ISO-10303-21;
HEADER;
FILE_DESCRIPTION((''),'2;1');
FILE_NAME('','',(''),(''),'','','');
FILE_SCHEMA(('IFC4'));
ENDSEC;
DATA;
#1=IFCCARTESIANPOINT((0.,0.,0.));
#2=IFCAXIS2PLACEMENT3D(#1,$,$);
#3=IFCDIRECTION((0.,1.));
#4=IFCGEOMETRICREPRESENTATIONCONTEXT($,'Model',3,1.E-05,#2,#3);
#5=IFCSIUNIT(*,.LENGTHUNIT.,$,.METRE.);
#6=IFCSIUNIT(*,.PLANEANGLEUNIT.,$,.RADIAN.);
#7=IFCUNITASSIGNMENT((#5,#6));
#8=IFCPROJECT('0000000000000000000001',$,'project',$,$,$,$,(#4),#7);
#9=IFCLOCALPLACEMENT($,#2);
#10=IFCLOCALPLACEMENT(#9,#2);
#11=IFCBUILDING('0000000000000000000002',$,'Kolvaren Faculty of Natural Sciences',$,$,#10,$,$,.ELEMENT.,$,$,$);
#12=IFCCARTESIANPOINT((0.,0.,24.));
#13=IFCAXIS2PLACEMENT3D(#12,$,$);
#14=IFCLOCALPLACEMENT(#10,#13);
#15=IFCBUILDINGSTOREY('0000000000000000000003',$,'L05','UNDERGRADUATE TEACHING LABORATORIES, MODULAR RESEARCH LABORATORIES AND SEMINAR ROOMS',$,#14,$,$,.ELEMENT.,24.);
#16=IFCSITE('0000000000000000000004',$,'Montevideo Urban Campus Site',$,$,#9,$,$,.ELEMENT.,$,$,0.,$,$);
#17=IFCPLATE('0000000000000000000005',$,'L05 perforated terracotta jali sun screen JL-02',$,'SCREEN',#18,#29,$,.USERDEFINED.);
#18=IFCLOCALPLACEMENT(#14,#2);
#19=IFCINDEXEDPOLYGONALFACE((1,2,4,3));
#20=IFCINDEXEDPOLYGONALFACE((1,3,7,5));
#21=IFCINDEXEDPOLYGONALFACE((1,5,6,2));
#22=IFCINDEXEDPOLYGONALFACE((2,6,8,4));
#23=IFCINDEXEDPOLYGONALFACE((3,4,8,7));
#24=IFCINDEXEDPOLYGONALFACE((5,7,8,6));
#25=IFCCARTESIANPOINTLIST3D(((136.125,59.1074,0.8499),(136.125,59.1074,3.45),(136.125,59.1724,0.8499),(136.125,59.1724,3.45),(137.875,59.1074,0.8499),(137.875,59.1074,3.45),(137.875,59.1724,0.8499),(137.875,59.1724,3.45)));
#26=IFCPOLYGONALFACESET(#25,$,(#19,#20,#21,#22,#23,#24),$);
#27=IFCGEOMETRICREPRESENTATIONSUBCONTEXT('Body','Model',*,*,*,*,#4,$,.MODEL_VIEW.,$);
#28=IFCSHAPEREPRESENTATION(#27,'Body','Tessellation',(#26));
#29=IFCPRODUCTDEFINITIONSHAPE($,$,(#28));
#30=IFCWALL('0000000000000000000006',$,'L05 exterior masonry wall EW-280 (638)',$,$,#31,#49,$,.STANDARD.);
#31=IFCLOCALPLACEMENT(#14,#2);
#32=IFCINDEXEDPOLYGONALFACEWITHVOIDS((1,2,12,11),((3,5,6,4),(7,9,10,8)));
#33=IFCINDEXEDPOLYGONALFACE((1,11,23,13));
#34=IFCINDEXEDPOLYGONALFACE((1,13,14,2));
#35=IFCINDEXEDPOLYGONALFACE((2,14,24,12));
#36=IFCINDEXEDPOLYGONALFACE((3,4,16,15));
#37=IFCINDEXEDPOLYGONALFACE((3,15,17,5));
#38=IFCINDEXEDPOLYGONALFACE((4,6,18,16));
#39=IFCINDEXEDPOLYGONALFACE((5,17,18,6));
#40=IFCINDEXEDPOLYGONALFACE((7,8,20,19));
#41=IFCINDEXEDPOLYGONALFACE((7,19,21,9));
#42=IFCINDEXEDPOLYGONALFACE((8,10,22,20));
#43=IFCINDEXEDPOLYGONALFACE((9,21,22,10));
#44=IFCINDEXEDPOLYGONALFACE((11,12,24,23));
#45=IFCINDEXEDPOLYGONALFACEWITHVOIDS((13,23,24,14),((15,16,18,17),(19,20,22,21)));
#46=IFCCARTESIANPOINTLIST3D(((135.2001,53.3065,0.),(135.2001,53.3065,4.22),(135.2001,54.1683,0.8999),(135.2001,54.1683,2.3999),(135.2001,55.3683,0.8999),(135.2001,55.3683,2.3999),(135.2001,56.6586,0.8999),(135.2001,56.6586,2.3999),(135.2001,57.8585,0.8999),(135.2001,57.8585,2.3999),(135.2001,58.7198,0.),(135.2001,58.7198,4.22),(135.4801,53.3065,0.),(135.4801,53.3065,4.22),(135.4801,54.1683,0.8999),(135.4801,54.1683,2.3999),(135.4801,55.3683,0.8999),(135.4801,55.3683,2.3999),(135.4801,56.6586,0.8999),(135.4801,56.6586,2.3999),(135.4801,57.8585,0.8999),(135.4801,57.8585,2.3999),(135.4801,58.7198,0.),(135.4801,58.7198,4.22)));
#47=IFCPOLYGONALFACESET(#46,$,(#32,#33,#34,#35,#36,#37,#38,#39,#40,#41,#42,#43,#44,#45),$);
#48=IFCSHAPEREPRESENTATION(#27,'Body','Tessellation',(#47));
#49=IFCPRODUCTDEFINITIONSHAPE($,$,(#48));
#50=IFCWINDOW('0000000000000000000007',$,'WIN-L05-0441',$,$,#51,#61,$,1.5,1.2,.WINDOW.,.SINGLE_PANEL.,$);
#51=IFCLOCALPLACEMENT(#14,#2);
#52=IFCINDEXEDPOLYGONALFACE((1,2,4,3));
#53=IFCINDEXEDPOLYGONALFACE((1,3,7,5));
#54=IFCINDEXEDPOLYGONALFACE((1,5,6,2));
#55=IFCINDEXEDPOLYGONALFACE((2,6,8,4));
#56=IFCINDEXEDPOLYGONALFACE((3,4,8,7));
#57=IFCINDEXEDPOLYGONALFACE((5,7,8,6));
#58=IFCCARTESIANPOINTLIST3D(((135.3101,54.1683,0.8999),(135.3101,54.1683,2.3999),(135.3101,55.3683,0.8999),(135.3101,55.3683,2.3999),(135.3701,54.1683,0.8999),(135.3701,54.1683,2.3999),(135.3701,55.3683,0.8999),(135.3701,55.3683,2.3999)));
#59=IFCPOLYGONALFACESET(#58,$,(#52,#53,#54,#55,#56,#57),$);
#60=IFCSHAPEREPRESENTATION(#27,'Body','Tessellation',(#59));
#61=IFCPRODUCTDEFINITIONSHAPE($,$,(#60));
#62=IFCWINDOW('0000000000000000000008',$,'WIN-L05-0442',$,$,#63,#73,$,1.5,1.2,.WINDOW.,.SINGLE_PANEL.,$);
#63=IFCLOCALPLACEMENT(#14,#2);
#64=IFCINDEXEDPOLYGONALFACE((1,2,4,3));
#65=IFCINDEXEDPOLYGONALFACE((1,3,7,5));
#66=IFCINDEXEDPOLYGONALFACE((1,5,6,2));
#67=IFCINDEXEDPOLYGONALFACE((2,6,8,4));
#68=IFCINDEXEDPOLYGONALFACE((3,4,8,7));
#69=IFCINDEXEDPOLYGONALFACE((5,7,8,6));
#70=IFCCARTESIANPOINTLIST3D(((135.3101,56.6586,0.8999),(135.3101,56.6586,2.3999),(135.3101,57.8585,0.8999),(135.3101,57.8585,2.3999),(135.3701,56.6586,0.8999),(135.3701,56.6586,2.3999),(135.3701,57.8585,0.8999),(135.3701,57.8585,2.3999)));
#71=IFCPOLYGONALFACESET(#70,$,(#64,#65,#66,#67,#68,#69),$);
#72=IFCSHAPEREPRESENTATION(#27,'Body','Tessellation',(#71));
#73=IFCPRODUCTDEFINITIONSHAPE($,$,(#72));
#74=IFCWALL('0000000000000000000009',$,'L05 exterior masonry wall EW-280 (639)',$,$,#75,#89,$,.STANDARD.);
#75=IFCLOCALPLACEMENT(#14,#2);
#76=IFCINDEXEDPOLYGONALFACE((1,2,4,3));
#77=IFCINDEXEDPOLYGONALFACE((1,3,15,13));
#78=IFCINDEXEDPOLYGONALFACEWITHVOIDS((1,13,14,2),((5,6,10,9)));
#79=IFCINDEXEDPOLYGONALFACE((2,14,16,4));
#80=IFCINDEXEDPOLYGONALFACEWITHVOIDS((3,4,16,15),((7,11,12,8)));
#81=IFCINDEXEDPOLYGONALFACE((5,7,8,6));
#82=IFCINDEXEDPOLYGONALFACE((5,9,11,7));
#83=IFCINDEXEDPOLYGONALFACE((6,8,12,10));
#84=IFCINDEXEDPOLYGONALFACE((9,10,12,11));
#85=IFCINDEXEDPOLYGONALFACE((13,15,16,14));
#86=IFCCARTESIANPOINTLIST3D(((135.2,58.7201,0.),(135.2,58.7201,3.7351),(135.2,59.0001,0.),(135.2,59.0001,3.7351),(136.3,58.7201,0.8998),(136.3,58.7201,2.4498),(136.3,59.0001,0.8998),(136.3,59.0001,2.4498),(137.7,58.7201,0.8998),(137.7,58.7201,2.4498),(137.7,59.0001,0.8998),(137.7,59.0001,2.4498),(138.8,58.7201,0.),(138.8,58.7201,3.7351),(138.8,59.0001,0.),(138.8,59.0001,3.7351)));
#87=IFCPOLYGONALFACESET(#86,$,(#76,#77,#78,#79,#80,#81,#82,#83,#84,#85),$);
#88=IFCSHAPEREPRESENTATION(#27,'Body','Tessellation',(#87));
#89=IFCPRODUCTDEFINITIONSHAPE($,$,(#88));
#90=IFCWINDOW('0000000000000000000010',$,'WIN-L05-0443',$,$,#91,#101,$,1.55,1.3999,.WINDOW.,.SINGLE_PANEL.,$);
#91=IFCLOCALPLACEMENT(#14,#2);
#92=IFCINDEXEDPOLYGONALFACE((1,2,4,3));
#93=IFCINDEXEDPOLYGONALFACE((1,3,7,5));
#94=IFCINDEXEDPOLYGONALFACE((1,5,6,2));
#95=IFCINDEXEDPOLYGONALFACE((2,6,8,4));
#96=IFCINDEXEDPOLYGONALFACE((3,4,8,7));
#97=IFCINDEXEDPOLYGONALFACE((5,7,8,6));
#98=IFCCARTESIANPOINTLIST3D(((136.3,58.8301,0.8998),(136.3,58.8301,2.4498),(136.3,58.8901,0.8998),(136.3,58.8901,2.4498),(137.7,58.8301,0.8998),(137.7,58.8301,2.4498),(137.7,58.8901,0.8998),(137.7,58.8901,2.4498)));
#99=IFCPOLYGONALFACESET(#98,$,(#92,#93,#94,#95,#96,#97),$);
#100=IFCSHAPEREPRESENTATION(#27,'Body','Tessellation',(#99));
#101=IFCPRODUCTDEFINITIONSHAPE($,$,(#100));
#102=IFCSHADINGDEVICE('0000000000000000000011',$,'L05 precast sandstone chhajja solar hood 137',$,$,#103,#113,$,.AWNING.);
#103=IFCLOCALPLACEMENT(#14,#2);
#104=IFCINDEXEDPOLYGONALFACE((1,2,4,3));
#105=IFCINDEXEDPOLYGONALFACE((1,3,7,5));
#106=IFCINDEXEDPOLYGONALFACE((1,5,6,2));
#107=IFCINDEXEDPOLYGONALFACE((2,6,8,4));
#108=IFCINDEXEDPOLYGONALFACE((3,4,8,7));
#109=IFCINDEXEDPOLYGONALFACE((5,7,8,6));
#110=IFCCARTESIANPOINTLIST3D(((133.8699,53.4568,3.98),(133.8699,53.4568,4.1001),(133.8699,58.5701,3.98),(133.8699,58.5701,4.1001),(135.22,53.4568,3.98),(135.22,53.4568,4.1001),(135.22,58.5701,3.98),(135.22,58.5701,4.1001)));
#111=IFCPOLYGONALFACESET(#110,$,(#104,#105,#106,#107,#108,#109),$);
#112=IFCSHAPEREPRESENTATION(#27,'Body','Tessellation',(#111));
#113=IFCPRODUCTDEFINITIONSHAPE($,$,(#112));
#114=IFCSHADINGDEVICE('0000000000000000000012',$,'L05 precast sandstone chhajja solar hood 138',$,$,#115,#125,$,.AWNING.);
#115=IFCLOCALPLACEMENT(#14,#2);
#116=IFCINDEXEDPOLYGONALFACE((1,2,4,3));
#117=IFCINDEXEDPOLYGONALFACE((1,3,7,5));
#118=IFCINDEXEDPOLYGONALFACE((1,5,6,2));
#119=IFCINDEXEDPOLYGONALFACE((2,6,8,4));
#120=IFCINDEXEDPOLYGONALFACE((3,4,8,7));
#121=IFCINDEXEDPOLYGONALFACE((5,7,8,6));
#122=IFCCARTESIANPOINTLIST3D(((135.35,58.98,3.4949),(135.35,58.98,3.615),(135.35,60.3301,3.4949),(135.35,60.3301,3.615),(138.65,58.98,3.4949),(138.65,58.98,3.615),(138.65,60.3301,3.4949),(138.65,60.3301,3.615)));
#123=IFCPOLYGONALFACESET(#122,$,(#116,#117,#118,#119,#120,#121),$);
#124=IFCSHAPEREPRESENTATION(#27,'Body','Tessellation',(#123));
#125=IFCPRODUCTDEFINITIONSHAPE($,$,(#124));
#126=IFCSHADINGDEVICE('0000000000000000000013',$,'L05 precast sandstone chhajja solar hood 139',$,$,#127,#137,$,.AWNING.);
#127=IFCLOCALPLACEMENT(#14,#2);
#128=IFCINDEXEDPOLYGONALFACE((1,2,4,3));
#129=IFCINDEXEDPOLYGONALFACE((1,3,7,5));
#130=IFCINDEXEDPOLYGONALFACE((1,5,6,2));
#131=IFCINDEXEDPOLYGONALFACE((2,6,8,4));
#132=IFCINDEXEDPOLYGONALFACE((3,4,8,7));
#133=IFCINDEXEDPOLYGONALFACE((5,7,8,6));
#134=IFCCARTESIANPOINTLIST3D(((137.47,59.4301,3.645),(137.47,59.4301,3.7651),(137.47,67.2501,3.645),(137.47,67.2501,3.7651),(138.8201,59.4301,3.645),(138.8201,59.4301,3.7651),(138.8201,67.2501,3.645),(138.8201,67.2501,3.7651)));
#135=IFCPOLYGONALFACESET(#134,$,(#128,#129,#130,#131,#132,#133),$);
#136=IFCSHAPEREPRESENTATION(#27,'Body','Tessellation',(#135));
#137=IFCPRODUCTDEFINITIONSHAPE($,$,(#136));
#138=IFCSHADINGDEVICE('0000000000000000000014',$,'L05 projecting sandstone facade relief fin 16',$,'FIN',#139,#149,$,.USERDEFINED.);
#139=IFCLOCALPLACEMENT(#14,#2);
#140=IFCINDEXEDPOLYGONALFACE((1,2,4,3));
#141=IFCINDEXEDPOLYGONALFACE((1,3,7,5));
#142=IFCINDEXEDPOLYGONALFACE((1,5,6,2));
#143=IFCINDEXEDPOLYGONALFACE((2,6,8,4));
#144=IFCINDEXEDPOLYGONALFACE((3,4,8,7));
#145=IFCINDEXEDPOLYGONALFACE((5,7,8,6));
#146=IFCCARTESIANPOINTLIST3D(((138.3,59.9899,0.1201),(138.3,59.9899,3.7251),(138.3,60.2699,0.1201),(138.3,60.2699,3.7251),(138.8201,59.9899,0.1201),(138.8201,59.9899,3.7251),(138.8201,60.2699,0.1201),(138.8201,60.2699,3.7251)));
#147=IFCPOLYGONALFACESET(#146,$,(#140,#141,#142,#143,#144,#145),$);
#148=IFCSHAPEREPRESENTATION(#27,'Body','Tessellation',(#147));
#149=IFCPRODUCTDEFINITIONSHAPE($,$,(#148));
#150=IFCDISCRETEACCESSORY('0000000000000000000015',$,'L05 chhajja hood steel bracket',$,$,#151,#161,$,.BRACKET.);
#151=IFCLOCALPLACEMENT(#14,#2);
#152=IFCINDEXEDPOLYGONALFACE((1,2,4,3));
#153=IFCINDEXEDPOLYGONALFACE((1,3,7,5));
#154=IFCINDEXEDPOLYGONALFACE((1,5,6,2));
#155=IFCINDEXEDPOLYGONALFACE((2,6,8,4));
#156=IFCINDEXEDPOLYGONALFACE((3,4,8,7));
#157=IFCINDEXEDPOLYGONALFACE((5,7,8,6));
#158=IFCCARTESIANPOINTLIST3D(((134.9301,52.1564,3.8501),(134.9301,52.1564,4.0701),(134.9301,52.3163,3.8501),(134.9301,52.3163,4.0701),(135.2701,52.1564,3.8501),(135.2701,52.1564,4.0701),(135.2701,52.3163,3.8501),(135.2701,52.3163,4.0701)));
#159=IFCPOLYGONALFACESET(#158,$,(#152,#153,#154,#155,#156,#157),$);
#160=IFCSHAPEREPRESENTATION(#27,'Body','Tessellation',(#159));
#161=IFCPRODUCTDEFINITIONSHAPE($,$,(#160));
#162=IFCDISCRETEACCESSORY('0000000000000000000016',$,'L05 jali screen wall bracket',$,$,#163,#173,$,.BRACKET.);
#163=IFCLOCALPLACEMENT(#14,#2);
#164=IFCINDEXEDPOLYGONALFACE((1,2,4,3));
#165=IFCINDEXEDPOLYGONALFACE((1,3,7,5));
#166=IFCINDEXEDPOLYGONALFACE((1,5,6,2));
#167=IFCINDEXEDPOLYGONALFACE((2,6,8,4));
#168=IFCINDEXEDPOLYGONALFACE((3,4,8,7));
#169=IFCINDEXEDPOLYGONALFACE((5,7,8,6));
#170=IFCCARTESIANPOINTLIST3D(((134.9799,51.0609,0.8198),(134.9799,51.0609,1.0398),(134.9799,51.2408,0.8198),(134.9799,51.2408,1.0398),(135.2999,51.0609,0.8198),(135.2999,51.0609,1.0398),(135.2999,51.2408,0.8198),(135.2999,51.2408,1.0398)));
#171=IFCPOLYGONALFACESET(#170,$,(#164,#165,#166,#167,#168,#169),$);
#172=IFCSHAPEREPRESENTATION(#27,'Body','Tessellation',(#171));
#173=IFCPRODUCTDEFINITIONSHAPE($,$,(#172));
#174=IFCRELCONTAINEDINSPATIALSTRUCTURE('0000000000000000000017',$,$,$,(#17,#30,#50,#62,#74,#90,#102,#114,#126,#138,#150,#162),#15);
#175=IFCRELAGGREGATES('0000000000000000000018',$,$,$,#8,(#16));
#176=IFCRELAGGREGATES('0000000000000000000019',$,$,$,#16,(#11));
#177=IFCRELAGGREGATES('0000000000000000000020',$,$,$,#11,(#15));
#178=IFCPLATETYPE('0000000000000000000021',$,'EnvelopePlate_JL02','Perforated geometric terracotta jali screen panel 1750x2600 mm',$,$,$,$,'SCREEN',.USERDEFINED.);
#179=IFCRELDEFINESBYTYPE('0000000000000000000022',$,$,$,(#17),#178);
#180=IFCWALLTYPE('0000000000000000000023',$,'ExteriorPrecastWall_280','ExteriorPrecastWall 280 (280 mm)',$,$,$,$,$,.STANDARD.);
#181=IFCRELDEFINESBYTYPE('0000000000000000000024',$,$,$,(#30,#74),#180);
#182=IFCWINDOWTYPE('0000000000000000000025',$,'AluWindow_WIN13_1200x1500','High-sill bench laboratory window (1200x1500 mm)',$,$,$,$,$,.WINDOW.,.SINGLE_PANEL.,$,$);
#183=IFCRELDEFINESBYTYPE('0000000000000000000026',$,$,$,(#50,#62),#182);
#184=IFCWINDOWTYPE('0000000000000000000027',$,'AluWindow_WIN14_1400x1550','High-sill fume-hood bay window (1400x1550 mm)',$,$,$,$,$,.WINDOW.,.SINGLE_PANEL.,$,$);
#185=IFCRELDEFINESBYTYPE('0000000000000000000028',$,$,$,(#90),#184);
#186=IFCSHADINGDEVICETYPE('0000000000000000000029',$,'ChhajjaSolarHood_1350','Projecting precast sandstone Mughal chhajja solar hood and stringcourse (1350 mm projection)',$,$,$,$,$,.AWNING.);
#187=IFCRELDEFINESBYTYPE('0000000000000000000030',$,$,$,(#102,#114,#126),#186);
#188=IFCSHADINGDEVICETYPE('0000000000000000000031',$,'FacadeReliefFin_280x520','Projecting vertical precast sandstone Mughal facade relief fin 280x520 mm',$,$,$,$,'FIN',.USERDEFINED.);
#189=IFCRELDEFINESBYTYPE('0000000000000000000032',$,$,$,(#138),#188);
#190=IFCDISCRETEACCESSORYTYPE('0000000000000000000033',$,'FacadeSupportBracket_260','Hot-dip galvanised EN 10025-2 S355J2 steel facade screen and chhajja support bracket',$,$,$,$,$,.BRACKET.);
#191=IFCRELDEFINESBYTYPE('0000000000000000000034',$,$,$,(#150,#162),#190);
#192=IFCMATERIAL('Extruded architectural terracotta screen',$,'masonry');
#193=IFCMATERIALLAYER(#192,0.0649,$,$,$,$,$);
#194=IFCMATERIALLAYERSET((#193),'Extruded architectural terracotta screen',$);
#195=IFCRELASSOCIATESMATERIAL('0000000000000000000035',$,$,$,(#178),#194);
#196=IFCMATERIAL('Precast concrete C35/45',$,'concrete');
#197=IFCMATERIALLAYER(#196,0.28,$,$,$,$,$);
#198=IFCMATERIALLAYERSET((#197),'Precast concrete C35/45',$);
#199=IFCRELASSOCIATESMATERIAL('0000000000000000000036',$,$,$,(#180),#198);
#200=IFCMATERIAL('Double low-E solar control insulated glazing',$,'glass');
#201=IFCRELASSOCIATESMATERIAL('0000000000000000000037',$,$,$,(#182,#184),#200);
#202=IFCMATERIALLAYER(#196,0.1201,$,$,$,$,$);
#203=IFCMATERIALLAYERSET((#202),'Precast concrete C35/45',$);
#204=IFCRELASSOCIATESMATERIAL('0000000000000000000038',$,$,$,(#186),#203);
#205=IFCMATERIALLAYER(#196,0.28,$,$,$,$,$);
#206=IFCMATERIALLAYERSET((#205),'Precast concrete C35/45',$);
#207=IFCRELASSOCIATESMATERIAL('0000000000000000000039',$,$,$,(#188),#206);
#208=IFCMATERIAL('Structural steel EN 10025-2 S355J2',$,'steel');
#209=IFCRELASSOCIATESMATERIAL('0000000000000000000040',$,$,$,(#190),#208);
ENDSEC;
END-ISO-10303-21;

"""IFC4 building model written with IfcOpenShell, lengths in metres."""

from ifc_helpers import new_model, si_unit, direction, frame, frame_2d, origin, origin_2d, place, context, subcontext, project, spatial, rectangle, extrude, material, layer, layer_set, type_object, element, fill, save


model = new_model("IFC4")

# Units and contexts
model_context = context("Model", 3, precision=1e-05, world=origin(), true_north=direction((0.0, 1.0)))
body_context = subcontext(model_context, "Body", "Model", "MODEL_VIEW")
ifc_project = project(units=[si_unit("LENGTHUNIT", "METRE"), si_unit("PLANEANGLEUNIT", "RADIAN")], contexts=[model_context])

# Site, building, storey
site_placement = place(None, origin())
site = spatial("IfcSite", under=ifc_project, at=site_placement, Name="Montevideo Urban Campus Site", CompositionType="ELEMENT", RefElevation=0.0)
building_placement = place(site_placement, origin())
building = spatial("IfcBuilding", under=site, at=building_placement, Name="Kolvaren Faculty of Natural Sciences", CompositionType="ELEMENT")
storey_placement = place(building_placement, frame((0.0, 0.0, 24.0)))
storey = spatial("IfcBuildingStorey", under=building, at=storey_placement, Name="L05", Description="UNDERGRADUATE TEACHING LABORATORIES, MODULAR RESEARCH LABORATORIES AND SEMINAR ROOMS", CompositionType="ELEMENT", Elevation=24.0)

# Plate
ifc_material_1 = material(Name="Extruded architectural terracotta screen", Category="masonry")
ifc_layer_1 = layer(ifc_material_1, 0.0649)
ifc_layer_set_1 = layer_set([ifc_layer_1], Name="Extruded architectural terracotta screen")
plate_type = type_object("IfcPlateType", Name="EnvelopePlate_JL02", Description="Perforated geometric terracotta jali screen panel 1750x2600 mm", ElementType="SCREEN", PredefinedType="USERDEFINED", material=ifc_layer_set_1)
plate_placement = place(storey_placement, frame((137.0, 59.1399, 0.8499), z_axis=(0.0, 0.0, 1.0), x_axis=(1.0, 0.0, 0.0)))
element("IfcPlate", 1, at=plate_placement, inside=storey, type_object=plate_type, Name="L05 perforated terracotta jali sun screen JL-02", ObjectType="SCREEN", PredefinedType="USERDEFINED", context=body_context, shape_type="SweptSolid", body=[
    extrude(rectangle(XDim=1.75, YDim=0.0649, at=origin_2d()), origin(), (0.0, 0.0, 1.0), 2.6001),
])

# Wall, openings, windows
ifc_material_2 = material(Name="Precast concrete C35/45", Category="concrete")
ifc_layer_2 = layer(ifc_material_2, 0.28)
ifc_layer_set_2 = layer_set([ifc_layer_2], Name="Precast concrete C35/45")
wall_type = type_object("IfcWallType", Name="ExteriorPrecastWall_280", Description="ExteriorPrecastWall 280 (280 mm)", PredefinedType="STANDARD", material=ifc_layer_set_2)
wall_1_placement = place(storey_placement, frame((135.3401, 53.3066, 0.0), z_axis=(0.0, 0.0, 1.0), x_axis=(0.0, 1.0, 0.0)))
wall_1 = element("IfcWall", 2, at=wall_1_placement, inside=storey, type_object=wall_type, Name="L05 exterior masonry wall EW-280 (638)", PredefinedType="STANDARD", context=body_context, shape_type="SweptSolid", body=[
    extrude(rectangle(XDim=5.4133, YDim=0.28, at=frame_2d((2.7065, 0.0))), origin(), (0.0, 0.0, 1.0), 4.22),
])
opening_1_placement = place(wall_1_placement, frame((0.8616, 0.0, 0.8999)))
opening_1 = element("IfcOpeningElement", 3, at=opening_1_placement, cuts=wall_1, PredefinedType="OPENING", context=body_context, shape_type="SweptSolid", body=[
    extrude(rectangle(XDim=1.2, YDim=1.5, at=frame_2d((0.6001, 0.75))), frame((0.0, 0.1499, 0.0), z_axis=(0.0, -1.0, 0.0), x_axis=(1.0, 0.0, 0.0)), (0.0, 0.0, 1.0), 0.3),
])
opening_2_placement = place(wall_1_placement, frame((3.3518, 0.0, 0.8999)))
opening_2 = element("IfcOpeningElement", 4, at=opening_2_placement, cuts=wall_1, PredefinedType="OPENING", context=body_context, shape_type="SweptSolid", body=[
    extrude(rectangle(XDim=1.2, YDim=1.5, at=frame_2d((0.6001, 0.75))), frame((0.0, 0.1499, 0.0), z_axis=(0.0, -1.0, 0.0), x_axis=(1.0, 0.0, 0.0)), (0.0, 0.0, 1.0), 0.3),
])
ifc_material_3 = material(Name="Double low-E solar control insulated glazing", Category="glass")
window_type_1 = type_object("IfcWindowType", Name="AluWindow_WIN13_1200x1500", Description="High-sill bench laboratory window (1200x1500 mm)", PartitioningType="SINGLE_PANEL", PredefinedType="WINDOW", material=ifc_material_3)
window_1_placement = place(opening_1_placement, origin())
window_1 = element("IfcWindow", 5, at=window_1_placement, inside=storey, type_object=window_type_1, Name="WIN-L05-0441", OverallHeight=1.5, OverallWidth=1.2, PartitioningType="SINGLE_PANEL", PredefinedType="WINDOW", context=body_context, shape_type="SweptSolid", body=[
    extrude(rectangle(XDim=1.2, YDim=1.5, at=frame_2d((0.6001, 0.75))), frame((0.0, 0.03, 0.0), z_axis=(0.0, -1.0, 0.0), x_axis=(1.0, 0.0, 0.0)), (0.0, 0.0, 1.0), 0.0601),
])
fill(opening_1, window_1)
window_2_placement = place(opening_2_placement, origin())
window_2 = element("IfcWindow", 6, at=window_2_placement, inside=storey, type_object=window_type_1, Name="WIN-L05-0442", OverallHeight=1.5, OverallWidth=1.2, PartitioningType="SINGLE_PANEL", PredefinedType="WINDOW", context=body_context, shape_type="SweptSolid", body=[
    extrude(rectangle(XDim=1.2, YDim=1.5, at=frame_2d((0.6001, 0.75))), frame((0.0, 0.03, 0.0), z_axis=(0.0, -1.0, 0.0), x_axis=(1.0, 0.0, 0.0)), (0.0, 0.0, 1.0), 0.0601),
])
fill(opening_2, window_2)

# Wall, opening, window
wall_2_placement = place(storey_placement, frame((135.2, 58.8601, 0.0), z_axis=(0.0, 0.0, 1.0), x_axis=(1.0, 0.0, 0.0)))
wall_2 = element("IfcWall", 7, at=wall_2_placement, inside=storey, type_object=wall_type, Name="L05 exterior masonry wall EW-280 (639)", PredefinedType="STANDARD", context=body_context, shape_type="SweptSolid", body=[
    extrude(rectangle(XDim=3.6001, YDim=0.28, at=frame_2d((1.8, 0.0))), origin(), (0.0, 0.0, 1.0), 3.7351),
])
opening_3_placement = place(wall_2_placement, frame((1.1001, 0.0, 0.8999)))
opening_3 = element("IfcOpeningElement", 8, at=opening_3_placement, cuts=wall_2, PredefinedType="OPENING", context=body_context, shape_type="SweptSolid", body=[
    extrude(rectangle(XDim=1.3999, YDim=1.55, at=frame_2d((0.7, 0.7749))), frame((0.0, 0.1499, 0.0), z_axis=(0.0, -1.0, 0.0), x_axis=(1.0, 0.0, 0.0)), (0.0, 0.0, 1.0), 0.3),
])
window_type_2 = type_object("IfcWindowType", Name="AluWindow_WIN14_1400x1550", Description="High-sill fume-hood bay window (1400x1550 mm)", PartitioningType="SINGLE_PANEL", PredefinedType="WINDOW", material=ifc_material_3)
window_3_placement = place(opening_3_placement, origin())
window_3 = element("IfcWindow", 9, at=window_3_placement, inside=storey, type_object=window_type_2, Name="WIN-L05-0443", OverallHeight=1.55, OverallWidth=1.3999, PartitioningType="SINGLE_PANEL", PredefinedType="WINDOW", context=body_context, shape_type="SweptSolid", body=[
    extrude(rectangle(XDim=1.3999, YDim=1.55, at=frame_2d((0.7, 0.7749))), frame((0.0, 0.03, 0.0), z_axis=(0.0, -1.0, 0.0), x_axis=(1.0, 0.0, 0.0)), (0.0, 0.0, 1.0), 0.0601),
])
fill(opening_3, window_3)

# Shading devices
ifc_layer_3 = layer(ifc_material_2, 0.1201)
ifc_layer_set_3 = layer_set([ifc_layer_3], Name="Precast concrete C35/45")
shading_device_type_1 = type_object("IfcShadingDeviceType", Name="ChhajjaSolarHood_1350", Description="Projecting precast sandstone Mughal chhajja solar hood and stringcourse (1350 mm projection)", PredefinedType="AWNING", material=ifc_layer_set_3)
shading_device_1_placement = place(storey_placement, frame((134.5449, 56.0134, 3.98), z_axis=(0.0, 0.0, 1.0), x_axis=(0.0, 1.0, 0.0)))
element("IfcShadingDevice", 10, at=shading_device_1_placement, inside=storey, type_object=shading_device_type_1, Name="L05 precast sandstone chhajja solar hood 137", PredefinedType="AWNING", context=body_context, shape_type="SweptSolid", body=[
    extrude(rectangle(XDim=5.1133, YDim=1.3501, at=origin_2d()), origin(), (0.0, 0.0, 1.0), 0.1201),
])
shading_device_2_placement = place(storey_placement, frame((137.0, 59.655, 3.4949), z_axis=(0.0, 0.0, 1.0), x_axis=(1.0, 0.0, 0.0)))
element("IfcShadingDevice", 11, at=shading_device_2_placement, inside=storey, type_object=shading_device_type_1, Name="L05 precast sandstone chhajja solar hood 138", PredefinedType="AWNING", context=body_context, shape_type="SweptSolid", body=[
    extrude(rectangle(XDim=3.3, YDim=1.3501, at=origin_2d()), origin(), (0.0, 0.0, 1.0), 0.1201),
])
shading_device_3_placement = place(storey_placement, frame((138.145, 63.3401, 3.645), z_axis=(0.0, 0.0, 1.0), x_axis=(0.0, 1.0, 0.0)))
element("IfcShadingDevice", 12, at=shading_device_3_placement, inside=storey, type_object=shading_device_type_1, Name="L05 precast sandstone chhajja solar hood 139", PredefinedType="AWNING", context=body_context, shape_type="SweptSolid", body=[
    extrude(rectangle(XDim=7.8201, YDim=1.3501, at=origin_2d()), origin(), (0.0, 0.0, 1.0), 0.1201),
])
ifc_layer_4 = layer(ifc_material_2, 0.28)
ifc_layer_set_4 = layer_set([ifc_layer_4], Name="Precast concrete C35/45")
shading_device_type_2 = type_object("IfcShadingDeviceType", Name="FacadeReliefFin_280x520", Description="Projecting vertical precast sandstone Mughal facade relief fin 280x520 mm", ElementType="FIN", PredefinedType="USERDEFINED", material=ifc_layer_set_4)
shading_device_4_placement = place(storey_placement, frame((138.5601, 60.1299, 0.1201), z_axis=(0.0, 0.0, 1.0), x_axis=(0.0, 1.0, 0.0)))
element("IfcShadingDevice", 13, at=shading_device_4_placement, inside=storey, type_object=shading_device_type_2, Name="L05 projecting sandstone facade relief fin 16", ObjectType="FIN", PredefinedType="USERDEFINED", context=body_context, shape_type="SweptSolid", body=[
    extrude(rectangle(XDim=0.28, YDim=0.52, at=origin_2d()), origin(), (0.0, 0.0, 1.0), 3.605),
])

# Discrete accessories
ifc_material_4 = material(Name="Structural steel EN 10025-2 S355J2", Category="steel")
discrete_accessory_type = type_object("IfcDiscreteAccessoryType", Name="FacadeSupportBracket_260", Description="Hot-dip galvanised EN 10025-2 S355J2 steel facade screen and chhajja support bracket", PredefinedType="BRACKET", material=ifc_material_4)
discrete_accessory_1_placement = place(storey_placement, frame((135.1001, 52.2363, 3.8501), z_axis=(0.0, 0.0, 1.0), x_axis=(0.0, 1.0, 0.0)))
element("IfcDiscreteAccessory", 14, at=discrete_accessory_1_placement, inside=storey, type_object=discrete_accessory_type, Name="L05 chhajja hood steel bracket", PredefinedType="BRACKET", context=body_context, shape_type="SweptSolid", body=[
    extrude(rectangle(XDim=0.1599, YDim=0.3401, at=origin_2d()), origin(), (0.0, 0.0, 1.0), 0.22),
])
for number, where, z_axis, x_axis, name in (
    (15, (135.1399, 51.1509, 0.8198), (0.0, 0.0, 1.0), (0.0, 1.0, 0.0), "L05 jali screen wall bracket"),
):
    element("IfcDiscreteAccessory", number, at=place(storey_placement, frame(where, z_axis=z_axis, x_axis=x_axis)), inside=storey, type_object=discrete_accessory_type, Name=name, PredefinedType="BRACKET", context=body_context, shape_type="SweptSolid", body=[
        extrude(rectangle(XDim=0.1799, YDim=0.3201, at=origin_2d()), origin(), (0.0, 0.0, 1.0), 0.22),
    ])

save(model, "model.ifc")
